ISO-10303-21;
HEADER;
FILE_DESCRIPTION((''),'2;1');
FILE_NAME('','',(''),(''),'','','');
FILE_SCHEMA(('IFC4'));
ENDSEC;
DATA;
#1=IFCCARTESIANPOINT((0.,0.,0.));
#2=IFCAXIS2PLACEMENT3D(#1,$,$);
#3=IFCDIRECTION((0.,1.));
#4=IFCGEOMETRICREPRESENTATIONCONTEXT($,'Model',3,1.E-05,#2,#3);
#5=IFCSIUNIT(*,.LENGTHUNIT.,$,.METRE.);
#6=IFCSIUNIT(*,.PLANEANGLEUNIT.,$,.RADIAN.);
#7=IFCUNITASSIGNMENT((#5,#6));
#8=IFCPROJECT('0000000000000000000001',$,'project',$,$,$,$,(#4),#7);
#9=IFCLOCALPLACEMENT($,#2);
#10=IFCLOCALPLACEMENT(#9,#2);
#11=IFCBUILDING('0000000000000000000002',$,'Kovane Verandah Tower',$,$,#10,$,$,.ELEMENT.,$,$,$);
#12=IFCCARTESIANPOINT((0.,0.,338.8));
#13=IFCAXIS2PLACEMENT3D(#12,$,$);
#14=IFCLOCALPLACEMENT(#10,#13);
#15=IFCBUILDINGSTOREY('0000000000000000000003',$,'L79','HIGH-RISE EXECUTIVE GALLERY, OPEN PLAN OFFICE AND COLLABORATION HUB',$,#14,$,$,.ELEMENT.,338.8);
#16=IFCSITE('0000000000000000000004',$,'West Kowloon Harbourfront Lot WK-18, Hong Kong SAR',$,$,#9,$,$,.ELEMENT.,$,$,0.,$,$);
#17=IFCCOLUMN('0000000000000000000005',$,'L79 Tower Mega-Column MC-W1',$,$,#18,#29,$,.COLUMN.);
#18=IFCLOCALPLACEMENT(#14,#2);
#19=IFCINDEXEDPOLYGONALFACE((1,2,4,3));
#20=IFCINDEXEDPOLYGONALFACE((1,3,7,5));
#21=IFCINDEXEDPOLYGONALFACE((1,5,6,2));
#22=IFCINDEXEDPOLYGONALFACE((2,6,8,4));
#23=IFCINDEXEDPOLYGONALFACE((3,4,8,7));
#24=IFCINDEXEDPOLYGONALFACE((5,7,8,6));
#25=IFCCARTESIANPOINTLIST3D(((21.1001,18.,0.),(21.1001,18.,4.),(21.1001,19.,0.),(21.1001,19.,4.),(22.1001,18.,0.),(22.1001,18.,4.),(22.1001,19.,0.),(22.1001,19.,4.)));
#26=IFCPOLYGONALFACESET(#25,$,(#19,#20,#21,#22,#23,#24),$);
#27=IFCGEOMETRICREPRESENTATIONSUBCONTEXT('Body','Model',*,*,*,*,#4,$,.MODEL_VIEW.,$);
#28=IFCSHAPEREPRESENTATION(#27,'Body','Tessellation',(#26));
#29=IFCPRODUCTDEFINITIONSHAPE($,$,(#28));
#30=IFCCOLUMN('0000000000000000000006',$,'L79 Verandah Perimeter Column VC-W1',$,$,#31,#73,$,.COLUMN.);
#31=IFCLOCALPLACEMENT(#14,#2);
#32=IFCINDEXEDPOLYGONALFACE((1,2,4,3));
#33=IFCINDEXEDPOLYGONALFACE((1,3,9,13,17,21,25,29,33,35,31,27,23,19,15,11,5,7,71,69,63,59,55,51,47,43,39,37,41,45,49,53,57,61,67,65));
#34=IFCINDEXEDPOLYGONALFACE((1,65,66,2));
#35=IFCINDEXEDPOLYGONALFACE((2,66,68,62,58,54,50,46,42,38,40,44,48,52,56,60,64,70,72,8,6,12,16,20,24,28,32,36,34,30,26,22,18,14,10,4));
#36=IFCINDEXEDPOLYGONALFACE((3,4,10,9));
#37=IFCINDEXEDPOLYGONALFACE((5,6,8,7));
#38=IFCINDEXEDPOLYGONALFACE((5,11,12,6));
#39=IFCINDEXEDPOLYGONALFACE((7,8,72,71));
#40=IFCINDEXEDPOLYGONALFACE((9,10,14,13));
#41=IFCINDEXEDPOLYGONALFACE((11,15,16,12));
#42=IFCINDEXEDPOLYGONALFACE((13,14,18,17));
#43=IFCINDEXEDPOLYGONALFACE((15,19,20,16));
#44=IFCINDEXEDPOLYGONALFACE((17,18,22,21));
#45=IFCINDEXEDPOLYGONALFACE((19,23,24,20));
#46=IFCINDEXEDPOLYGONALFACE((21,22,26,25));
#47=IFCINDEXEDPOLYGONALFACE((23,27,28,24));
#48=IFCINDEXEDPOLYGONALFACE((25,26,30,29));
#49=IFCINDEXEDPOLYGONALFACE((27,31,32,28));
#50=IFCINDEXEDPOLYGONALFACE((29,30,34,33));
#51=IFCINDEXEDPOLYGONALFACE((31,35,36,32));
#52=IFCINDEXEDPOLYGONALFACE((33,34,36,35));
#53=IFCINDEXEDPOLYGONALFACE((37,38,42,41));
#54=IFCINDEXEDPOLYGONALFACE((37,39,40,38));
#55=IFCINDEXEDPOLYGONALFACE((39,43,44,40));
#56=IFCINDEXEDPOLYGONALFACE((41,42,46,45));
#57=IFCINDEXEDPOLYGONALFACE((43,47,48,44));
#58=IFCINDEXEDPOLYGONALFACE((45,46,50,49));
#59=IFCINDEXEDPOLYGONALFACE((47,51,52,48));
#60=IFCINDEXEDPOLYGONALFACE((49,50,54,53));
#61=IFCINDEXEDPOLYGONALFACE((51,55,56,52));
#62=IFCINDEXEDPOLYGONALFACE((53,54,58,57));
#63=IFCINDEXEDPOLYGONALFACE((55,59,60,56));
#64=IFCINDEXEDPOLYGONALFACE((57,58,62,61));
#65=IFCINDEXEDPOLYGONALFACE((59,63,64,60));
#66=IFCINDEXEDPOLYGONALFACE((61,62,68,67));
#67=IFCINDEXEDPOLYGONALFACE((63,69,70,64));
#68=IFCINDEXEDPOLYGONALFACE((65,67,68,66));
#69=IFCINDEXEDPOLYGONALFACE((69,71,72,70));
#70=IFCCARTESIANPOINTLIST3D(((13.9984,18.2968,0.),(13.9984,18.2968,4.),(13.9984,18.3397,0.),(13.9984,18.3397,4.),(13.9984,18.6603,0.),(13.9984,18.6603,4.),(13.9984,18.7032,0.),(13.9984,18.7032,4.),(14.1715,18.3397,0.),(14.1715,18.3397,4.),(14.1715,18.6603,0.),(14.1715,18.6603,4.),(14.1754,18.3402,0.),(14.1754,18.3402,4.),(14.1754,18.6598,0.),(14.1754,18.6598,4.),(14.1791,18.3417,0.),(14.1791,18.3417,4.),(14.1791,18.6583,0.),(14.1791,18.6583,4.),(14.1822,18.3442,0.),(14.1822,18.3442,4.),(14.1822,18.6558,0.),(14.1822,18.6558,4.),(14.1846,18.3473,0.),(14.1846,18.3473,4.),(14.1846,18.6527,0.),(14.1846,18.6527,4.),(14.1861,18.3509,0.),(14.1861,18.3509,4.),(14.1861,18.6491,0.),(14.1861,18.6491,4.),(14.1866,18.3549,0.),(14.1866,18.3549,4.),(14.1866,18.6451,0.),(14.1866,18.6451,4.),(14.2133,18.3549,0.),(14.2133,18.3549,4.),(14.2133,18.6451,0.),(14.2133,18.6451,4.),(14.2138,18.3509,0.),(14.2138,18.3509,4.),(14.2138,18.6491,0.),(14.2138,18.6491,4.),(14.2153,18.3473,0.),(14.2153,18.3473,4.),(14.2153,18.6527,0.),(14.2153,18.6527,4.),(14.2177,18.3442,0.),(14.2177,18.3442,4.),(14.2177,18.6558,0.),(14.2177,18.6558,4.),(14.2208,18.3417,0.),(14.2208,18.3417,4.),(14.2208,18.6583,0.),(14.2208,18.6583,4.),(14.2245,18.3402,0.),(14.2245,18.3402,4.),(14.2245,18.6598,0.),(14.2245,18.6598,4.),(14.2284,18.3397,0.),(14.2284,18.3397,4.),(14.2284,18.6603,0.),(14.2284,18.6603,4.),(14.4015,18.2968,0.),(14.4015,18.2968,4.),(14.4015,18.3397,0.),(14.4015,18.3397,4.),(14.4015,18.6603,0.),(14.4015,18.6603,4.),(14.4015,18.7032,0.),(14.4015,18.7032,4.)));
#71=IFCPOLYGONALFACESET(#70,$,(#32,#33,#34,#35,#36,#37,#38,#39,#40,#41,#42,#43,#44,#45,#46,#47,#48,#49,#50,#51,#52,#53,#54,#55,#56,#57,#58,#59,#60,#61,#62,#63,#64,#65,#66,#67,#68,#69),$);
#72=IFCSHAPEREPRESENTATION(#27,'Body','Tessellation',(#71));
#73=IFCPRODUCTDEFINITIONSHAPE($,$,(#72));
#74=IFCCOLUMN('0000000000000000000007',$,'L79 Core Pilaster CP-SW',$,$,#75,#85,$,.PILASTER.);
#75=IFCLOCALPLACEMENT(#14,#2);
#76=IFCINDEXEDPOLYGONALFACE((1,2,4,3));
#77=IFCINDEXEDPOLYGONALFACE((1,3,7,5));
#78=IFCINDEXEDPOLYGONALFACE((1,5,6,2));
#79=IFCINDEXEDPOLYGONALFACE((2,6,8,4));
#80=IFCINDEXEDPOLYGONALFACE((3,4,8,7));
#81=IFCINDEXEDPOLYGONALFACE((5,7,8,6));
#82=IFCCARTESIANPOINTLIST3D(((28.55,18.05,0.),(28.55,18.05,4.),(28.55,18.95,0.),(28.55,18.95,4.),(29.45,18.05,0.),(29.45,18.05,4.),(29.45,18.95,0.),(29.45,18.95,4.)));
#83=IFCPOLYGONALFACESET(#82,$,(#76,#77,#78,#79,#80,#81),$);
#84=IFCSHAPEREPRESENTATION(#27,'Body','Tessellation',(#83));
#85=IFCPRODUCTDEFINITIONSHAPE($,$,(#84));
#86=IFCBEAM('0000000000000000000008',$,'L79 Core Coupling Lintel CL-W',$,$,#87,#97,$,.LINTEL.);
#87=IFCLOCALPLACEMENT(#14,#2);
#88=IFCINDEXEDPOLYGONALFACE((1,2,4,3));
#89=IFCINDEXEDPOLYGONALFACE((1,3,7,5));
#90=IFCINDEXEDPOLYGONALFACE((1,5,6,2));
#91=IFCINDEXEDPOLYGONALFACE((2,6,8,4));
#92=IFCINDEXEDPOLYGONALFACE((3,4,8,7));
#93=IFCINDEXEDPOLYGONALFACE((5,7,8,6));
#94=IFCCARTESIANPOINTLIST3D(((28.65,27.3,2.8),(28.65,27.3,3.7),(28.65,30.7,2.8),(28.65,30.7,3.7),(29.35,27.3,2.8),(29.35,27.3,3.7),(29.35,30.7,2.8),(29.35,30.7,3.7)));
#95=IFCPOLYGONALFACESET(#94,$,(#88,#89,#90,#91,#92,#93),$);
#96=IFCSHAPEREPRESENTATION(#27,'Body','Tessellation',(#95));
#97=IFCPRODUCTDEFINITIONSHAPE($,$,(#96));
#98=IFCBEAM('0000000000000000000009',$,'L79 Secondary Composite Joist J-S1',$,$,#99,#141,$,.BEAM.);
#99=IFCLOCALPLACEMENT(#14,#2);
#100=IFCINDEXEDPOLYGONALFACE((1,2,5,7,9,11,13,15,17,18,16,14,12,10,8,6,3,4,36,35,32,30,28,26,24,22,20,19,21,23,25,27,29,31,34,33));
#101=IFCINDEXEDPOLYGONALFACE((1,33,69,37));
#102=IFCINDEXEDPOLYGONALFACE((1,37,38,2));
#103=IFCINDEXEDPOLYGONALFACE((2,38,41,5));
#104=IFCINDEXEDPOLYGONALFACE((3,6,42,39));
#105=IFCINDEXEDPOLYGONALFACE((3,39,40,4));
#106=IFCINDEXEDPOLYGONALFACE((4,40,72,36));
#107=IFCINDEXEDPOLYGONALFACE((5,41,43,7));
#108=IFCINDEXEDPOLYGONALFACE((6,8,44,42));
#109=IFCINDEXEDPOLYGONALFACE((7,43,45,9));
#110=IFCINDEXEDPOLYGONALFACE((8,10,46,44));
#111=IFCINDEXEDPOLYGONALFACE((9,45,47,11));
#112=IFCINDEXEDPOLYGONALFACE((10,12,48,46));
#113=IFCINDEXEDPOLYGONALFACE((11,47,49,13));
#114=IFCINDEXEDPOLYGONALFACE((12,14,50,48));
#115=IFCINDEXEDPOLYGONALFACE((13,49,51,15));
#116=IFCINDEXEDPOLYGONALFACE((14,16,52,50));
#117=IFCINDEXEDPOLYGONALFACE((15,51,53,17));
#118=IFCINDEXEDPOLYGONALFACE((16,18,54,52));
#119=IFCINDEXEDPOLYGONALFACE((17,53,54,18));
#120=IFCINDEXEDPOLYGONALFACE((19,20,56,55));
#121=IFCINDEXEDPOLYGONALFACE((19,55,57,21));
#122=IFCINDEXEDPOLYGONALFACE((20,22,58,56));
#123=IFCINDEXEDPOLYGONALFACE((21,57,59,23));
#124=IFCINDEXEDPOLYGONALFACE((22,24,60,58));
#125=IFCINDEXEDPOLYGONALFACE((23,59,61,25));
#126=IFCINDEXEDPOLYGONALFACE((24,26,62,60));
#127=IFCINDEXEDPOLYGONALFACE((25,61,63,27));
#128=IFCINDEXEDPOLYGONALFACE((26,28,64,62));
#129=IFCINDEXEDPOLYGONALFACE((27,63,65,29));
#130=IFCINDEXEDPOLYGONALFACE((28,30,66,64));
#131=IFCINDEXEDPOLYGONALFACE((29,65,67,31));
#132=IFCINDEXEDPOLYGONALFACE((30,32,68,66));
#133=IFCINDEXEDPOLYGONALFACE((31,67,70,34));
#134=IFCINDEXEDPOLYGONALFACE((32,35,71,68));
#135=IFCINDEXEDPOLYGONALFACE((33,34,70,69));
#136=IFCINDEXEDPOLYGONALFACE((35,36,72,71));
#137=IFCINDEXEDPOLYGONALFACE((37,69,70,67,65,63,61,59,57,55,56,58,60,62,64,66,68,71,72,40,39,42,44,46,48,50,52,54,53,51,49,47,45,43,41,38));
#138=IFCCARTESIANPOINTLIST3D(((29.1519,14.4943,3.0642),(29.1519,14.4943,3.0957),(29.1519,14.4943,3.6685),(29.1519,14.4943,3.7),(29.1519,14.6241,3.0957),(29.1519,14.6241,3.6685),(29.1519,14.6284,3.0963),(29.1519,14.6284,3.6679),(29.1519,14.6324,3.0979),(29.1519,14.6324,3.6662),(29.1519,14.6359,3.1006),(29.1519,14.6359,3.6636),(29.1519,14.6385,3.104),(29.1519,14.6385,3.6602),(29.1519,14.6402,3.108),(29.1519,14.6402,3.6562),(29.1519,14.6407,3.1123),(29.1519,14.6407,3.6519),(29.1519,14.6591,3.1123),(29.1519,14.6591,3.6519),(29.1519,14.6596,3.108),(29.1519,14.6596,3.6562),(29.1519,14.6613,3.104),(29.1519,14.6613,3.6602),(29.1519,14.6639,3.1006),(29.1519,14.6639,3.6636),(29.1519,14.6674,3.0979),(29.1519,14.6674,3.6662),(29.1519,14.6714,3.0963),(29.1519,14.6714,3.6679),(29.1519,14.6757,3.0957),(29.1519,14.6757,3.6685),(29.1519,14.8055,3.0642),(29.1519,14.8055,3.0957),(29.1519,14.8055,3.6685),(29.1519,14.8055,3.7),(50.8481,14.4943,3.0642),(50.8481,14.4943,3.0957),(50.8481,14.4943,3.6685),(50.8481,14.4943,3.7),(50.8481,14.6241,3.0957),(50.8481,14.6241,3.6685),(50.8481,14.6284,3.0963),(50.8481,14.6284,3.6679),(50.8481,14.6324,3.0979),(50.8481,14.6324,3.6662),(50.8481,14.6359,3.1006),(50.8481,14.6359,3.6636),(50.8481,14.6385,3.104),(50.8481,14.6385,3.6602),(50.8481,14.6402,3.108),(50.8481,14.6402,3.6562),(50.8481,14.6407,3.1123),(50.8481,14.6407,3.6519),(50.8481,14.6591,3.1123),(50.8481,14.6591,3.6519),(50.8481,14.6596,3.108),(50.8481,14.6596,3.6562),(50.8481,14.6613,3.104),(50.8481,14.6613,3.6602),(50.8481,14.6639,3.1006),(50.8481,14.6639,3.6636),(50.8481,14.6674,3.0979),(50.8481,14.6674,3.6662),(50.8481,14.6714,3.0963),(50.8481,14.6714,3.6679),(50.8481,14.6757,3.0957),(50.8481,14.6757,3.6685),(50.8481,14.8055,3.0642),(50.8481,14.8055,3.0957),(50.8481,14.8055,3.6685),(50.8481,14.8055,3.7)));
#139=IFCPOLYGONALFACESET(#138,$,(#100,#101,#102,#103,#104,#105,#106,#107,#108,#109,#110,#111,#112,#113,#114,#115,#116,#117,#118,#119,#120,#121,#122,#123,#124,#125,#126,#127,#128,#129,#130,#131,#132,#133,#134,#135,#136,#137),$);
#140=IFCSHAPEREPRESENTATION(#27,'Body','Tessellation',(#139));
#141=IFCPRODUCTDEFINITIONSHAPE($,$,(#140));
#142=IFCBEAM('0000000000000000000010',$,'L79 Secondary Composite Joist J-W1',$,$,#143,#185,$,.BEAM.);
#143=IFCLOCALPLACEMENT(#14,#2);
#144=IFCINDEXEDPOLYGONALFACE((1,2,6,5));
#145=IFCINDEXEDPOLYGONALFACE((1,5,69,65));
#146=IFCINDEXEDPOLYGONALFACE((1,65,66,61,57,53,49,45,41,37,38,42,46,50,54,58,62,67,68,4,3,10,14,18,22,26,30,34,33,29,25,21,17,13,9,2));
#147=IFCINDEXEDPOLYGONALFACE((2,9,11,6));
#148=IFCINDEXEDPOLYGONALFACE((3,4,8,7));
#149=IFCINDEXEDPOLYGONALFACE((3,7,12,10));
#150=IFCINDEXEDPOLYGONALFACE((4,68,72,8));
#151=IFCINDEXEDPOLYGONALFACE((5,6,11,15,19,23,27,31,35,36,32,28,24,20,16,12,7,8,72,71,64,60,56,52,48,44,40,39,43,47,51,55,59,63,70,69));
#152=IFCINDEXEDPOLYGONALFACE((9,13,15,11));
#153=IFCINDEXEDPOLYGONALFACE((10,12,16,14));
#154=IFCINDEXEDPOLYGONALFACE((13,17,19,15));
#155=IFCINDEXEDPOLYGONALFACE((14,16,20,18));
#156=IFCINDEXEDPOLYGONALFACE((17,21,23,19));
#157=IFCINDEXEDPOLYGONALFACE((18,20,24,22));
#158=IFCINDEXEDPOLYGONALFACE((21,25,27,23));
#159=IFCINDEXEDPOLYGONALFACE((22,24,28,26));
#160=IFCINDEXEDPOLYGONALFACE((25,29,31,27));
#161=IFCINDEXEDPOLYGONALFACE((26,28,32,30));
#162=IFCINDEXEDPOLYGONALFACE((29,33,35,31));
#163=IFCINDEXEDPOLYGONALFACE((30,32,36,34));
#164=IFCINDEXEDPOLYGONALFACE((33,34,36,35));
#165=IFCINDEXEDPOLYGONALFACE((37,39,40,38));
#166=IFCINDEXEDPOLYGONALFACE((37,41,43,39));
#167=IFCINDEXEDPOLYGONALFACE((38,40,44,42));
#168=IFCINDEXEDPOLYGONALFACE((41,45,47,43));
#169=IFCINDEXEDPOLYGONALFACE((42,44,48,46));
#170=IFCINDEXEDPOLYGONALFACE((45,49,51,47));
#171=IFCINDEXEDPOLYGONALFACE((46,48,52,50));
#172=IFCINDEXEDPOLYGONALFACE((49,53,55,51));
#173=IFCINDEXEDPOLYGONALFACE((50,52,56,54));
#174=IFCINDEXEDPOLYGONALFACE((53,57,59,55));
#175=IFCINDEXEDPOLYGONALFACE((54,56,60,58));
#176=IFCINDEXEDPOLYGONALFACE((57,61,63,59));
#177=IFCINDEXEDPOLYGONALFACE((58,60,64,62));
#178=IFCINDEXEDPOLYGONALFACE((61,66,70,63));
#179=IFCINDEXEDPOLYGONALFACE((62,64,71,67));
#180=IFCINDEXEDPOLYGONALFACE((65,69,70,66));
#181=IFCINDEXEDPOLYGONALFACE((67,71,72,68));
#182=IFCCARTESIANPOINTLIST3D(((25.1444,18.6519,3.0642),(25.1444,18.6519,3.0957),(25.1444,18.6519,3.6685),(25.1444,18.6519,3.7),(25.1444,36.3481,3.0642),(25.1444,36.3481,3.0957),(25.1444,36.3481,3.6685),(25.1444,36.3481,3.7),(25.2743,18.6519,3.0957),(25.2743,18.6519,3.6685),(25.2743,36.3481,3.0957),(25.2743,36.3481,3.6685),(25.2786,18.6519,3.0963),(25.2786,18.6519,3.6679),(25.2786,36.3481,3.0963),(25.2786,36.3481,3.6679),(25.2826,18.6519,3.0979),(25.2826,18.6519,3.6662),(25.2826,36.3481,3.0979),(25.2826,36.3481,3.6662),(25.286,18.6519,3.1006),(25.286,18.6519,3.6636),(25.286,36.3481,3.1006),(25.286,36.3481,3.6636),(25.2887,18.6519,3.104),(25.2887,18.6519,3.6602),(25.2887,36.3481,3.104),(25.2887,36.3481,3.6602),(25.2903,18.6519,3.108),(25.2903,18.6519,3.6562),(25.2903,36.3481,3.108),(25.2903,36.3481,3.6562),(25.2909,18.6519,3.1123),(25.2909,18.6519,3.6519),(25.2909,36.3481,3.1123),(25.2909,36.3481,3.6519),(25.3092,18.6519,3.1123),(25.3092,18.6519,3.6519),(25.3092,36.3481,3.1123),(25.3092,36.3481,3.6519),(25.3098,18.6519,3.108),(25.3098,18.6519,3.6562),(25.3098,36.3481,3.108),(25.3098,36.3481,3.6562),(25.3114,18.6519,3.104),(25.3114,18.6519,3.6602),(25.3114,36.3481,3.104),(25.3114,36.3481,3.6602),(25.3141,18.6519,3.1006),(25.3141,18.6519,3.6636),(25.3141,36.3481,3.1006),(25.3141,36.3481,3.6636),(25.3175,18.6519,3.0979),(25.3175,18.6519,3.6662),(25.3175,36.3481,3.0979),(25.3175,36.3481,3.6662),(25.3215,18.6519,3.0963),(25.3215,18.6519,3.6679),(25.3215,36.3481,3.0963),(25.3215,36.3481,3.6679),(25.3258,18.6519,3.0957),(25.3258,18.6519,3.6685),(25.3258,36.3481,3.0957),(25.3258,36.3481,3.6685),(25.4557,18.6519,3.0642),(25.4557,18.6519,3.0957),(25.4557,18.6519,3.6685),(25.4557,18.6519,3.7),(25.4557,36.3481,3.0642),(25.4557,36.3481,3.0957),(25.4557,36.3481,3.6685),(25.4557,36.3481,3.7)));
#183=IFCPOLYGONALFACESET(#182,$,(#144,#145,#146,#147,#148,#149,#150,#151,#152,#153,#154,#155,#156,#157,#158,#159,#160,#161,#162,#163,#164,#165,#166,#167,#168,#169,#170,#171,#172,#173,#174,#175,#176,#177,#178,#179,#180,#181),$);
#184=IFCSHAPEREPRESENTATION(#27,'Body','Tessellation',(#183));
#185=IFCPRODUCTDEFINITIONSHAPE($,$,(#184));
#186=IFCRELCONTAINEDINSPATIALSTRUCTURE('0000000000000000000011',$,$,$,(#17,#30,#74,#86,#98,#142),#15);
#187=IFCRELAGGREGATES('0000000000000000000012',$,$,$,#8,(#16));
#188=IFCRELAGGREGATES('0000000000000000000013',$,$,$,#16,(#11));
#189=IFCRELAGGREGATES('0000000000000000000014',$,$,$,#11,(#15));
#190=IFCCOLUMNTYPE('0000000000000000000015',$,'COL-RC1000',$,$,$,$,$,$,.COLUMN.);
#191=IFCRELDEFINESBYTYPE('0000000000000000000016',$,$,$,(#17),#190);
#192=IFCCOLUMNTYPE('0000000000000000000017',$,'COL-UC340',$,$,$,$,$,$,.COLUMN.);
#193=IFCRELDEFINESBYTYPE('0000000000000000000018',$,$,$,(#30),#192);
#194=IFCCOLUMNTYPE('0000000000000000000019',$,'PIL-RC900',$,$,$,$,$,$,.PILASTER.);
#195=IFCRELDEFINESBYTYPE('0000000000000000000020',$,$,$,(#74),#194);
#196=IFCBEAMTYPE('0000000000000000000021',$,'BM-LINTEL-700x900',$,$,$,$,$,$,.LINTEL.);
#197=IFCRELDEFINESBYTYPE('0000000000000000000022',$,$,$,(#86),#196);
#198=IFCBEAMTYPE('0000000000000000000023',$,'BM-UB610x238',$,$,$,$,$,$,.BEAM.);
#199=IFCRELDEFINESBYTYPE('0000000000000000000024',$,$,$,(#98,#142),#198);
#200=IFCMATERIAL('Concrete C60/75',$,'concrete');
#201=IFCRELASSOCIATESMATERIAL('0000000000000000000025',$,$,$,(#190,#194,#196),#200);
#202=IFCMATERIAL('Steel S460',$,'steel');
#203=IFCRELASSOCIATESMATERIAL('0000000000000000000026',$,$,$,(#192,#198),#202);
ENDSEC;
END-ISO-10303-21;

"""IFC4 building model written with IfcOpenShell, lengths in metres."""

from ifc_helpers import new_model, si_unit, direction, frame, origin, origin_2d, place, context, subcontext, project, spatial, rectangle, i_section, extrude, material, material_profile, profile_set, type_object, element, save


model = new_model("IFC4")

# Units and contexts
model_context = context("Model", 3, precision=1e-05, world=origin(), true_north=direction((0.0, 1.0)))
body_context = subcontext(model_context, "Body", "Model", "MODEL_VIEW")
ifc_project = project(units=[si_unit("LENGTHUNIT", "METRE"), si_unit("PLANEANGLEUNIT", "RADIAN")], contexts=[model_context])

# Site, building, storey
site_placement = place(None, origin())
site = spatial("IfcSite", under=ifc_project, at=site_placement, Name="West Kowloon Harbourfront Lot WK-18, Hong Kong SAR", CompositionType="ELEMENT", RefElevation=0.0)
building_placement = place(site_placement, origin())
building = spatial("IfcBuilding", under=site, at=building_placement, Name="Kovane Verandah Tower", CompositionType="ELEMENT")
storey_placement = place(building_placement, frame((0.0, 0.0, 338.8)))
storey = spatial("IfcBuildingStorey", under=building, at=storey_placement, Name="L79", Description="HIGH-RISE EXECUTIVE GALLERY, OPEN PLAN OFFICE AND COLLABORATION HUB", CompositionType="ELEMENT", Elevation=338.8)

# Columns
ifc_material_1 = material(Name="Concrete C60/75", Category="concrete")
ifc_material_profile_1 = material_profile(ifc_material_1, rectangle(XDim=1.0, YDim=1.0, at=origin_2d()), Name="RC1000x1000")
ifc_profile_set_1 = profile_set([ifc_material_profile_1], Name="Concrete C60/75")
column_type_1 = type_object("IfcColumnType", Name="COL-RC1000", PredefinedType="COLUMN", material=ifc_profile_set_1)
column_1_placement = place(storey_placement, frame((21.6001, 18.5, 0.0), z_axis=(0.0, 0.0, 1.0), x_axis=(1.0, 0.0, 0.0)))
element("IfcColumn", 1, at=column_1_placement, inside=storey, type_object=column_type_1, Name="L79 Tower Mega-Column MC-W1", PredefinedType="COLUMN", context=body_context, shape_type="SweptSolid", body=[
    extrude(rectangle(XDim=1.0, YDim=1.0, at=origin_2d()), origin(), (0.0, 0.0, 1.0), 4.0),
])
ifc_material_2 = material(Name="Steel S460", Category="steel")
ifc_material_profile_2 = material_profile(ifc_material_2, i_section(OverallWidth=0.4031, OverallDepth=0.4065, WebThickness=0.0266, FlangeThickness=0.043, FilletRadius=0.0151, at=origin_2d()), Name="UC356x406x340")
ifc_profile_set_2 = profile_set([ifc_material_profile_2], Name="Steel S460")
column_type_2 = type_object("IfcColumnType", Name="COL-UC340", PredefinedType="COLUMN", material=ifc_profile_set_2)
column_2_placement = place(storey_placement, frame((14.2, 18.5, 0.0), z_axis=(0.0, 0.0, 1.0), x_axis=(1.0, 0.0, 0.0)))
element("IfcColumn", 2, at=column_2_placement, inside=storey, type_object=column_type_2, Name="L79 Verandah Perimeter Column VC-W1", PredefinedType="COLUMN", context=body_context, shape_type="SweptSolid", body=[
    extrude(i_section(OverallWidth=0.4031, OverallDepth=0.4065, WebThickness=0.0266, FlangeThickness=0.043, FilletRadius=0.0151, at=origin_2d()), origin(), (0.0, 0.0, 1.0), 4.0),
])
ifc_material_profile_3 = material_profile(ifc_material_1, rectangle(XDim=0.8999, YDim=0.8999, at=origin_2d()), Name="RC900x900")
ifc_profile_set_3 = profile_set([ifc_material_profile_3], Name="Concrete C60/75")
column_type_3 = type_object("IfcColumnType", Name="PIL-RC900", PredefinedType="PILASTER", material=ifc_profile_set_3)
column_3_placement = place(storey_placement, frame((29.0, 18.5, 0.0), z_axis=(0.0, 0.0, 1.0), x_axis=(1.0, 0.0, 0.0)))
element("IfcColumn", 3, at=column_3_placement, inside=storey, type_object=column_type_3, Name="L79 Core Pilaster CP-SW", PredefinedType="PILASTER", context=body_context, shape_type="SweptSolid", body=[
    extrude(rectangle(XDim=0.8999, YDim=0.8999, at=origin_2d()), origin(), (0.0, 0.0, 1.0), 4.0),
])

# Beams
ifc_material_profile_4 = material_profile(ifc_material_1, rectangle(XDim=0.7, YDim=0.8999, at=origin_2d()), Name="RCB700x900")
ifc_profile_set_4 = profile_set([ifc_material_profile_4], Name="Concrete C60/75")
beam_type_1 = type_object("IfcBeamType", Name="BM-LINTEL-700x900", PredefinedType="LINTEL", material=ifc_profile_set_4)
beam_1_placement = place(storey_placement, frame((29.0, 27.3, 3.25), z_axis=(0.0, 1.0, 0.0), x_axis=(-1.0, 0.0, 0.0)))
element("IfcBeam", 4, at=beam_1_placement, inside=storey, type_object=beam_type_1, Name="L79 Core Coupling Lintel CL-W", PredefinedType="LINTEL", context=body_context, shape_type="SweptSolid", body=[
    extrude(rectangle(XDim=0.7, YDim=0.8999, at=origin_2d()), origin(), (0.0, 0.0, 1.0), 3.3999),
])
ifc_material_profile_5 = material_profile(ifc_material_2, i_section(OverallWidth=0.3113, OverallDepth=0.6357, WebThickness=0.0183, FlangeThickness=0.0315, FilletRadius=0.0166, at=origin_2d()), Name="UB610x305x238")
ifc_profile_set_5 = profile_set([ifc_material_profile_5], Name="Steel S460")
beam_type_2 = type_object("IfcBeamType", Name="BM-UB610x238", PredefinedType="BEAM", material=ifc_profile_set_5)
beam_2_placement = place(storey_placement, frame((29.1519, 14.6499, 3.3821), z_axis=(1.0, 0.0, 0.0), x_axis=(0.0, 1.0, 0.0)))
element("IfcBeam", 5, at=beam_2_placement, inside=storey, type_object=beam_type_2, Name="L79 Secondary Composite Joist J-S1", PredefinedType="BEAM", context=body_context, shape_type="SweptSolid", body=[
    extrude(i_section(OverallWidth=0.3113, OverallDepth=0.6357, WebThickness=0.0183, FlangeThickness=0.0315, FilletRadius=0.0166, at=origin_2d()), origin(), (0.0, 0.0, 1.0), 21.6963),
])
beam_3_placement = place(storey_placement, frame((25.3, 18.6519, 3.3821), z_axis=(0.0, 1.0, 0.0), x_axis=(-1.0, 0.0, 0.0)))
element("IfcBeam", 6, at=beam_3_placement, inside=storey, type_object=beam_type_2, Name="L79 Secondary Composite Joist J-W1", PredefinedType="BEAM", context=body_context, shape_type="SweptSolid", body=[
    extrude(i_section(OverallWidth=0.3113, OverallDepth=0.6357, WebThickness=0.0183, FlangeThickness=0.0315, FilletRadius=0.0166, at=origin_2d()), origin(), (0.0, 0.0, 1.0), 17.6963),
])

save(model, "model.ifc")
